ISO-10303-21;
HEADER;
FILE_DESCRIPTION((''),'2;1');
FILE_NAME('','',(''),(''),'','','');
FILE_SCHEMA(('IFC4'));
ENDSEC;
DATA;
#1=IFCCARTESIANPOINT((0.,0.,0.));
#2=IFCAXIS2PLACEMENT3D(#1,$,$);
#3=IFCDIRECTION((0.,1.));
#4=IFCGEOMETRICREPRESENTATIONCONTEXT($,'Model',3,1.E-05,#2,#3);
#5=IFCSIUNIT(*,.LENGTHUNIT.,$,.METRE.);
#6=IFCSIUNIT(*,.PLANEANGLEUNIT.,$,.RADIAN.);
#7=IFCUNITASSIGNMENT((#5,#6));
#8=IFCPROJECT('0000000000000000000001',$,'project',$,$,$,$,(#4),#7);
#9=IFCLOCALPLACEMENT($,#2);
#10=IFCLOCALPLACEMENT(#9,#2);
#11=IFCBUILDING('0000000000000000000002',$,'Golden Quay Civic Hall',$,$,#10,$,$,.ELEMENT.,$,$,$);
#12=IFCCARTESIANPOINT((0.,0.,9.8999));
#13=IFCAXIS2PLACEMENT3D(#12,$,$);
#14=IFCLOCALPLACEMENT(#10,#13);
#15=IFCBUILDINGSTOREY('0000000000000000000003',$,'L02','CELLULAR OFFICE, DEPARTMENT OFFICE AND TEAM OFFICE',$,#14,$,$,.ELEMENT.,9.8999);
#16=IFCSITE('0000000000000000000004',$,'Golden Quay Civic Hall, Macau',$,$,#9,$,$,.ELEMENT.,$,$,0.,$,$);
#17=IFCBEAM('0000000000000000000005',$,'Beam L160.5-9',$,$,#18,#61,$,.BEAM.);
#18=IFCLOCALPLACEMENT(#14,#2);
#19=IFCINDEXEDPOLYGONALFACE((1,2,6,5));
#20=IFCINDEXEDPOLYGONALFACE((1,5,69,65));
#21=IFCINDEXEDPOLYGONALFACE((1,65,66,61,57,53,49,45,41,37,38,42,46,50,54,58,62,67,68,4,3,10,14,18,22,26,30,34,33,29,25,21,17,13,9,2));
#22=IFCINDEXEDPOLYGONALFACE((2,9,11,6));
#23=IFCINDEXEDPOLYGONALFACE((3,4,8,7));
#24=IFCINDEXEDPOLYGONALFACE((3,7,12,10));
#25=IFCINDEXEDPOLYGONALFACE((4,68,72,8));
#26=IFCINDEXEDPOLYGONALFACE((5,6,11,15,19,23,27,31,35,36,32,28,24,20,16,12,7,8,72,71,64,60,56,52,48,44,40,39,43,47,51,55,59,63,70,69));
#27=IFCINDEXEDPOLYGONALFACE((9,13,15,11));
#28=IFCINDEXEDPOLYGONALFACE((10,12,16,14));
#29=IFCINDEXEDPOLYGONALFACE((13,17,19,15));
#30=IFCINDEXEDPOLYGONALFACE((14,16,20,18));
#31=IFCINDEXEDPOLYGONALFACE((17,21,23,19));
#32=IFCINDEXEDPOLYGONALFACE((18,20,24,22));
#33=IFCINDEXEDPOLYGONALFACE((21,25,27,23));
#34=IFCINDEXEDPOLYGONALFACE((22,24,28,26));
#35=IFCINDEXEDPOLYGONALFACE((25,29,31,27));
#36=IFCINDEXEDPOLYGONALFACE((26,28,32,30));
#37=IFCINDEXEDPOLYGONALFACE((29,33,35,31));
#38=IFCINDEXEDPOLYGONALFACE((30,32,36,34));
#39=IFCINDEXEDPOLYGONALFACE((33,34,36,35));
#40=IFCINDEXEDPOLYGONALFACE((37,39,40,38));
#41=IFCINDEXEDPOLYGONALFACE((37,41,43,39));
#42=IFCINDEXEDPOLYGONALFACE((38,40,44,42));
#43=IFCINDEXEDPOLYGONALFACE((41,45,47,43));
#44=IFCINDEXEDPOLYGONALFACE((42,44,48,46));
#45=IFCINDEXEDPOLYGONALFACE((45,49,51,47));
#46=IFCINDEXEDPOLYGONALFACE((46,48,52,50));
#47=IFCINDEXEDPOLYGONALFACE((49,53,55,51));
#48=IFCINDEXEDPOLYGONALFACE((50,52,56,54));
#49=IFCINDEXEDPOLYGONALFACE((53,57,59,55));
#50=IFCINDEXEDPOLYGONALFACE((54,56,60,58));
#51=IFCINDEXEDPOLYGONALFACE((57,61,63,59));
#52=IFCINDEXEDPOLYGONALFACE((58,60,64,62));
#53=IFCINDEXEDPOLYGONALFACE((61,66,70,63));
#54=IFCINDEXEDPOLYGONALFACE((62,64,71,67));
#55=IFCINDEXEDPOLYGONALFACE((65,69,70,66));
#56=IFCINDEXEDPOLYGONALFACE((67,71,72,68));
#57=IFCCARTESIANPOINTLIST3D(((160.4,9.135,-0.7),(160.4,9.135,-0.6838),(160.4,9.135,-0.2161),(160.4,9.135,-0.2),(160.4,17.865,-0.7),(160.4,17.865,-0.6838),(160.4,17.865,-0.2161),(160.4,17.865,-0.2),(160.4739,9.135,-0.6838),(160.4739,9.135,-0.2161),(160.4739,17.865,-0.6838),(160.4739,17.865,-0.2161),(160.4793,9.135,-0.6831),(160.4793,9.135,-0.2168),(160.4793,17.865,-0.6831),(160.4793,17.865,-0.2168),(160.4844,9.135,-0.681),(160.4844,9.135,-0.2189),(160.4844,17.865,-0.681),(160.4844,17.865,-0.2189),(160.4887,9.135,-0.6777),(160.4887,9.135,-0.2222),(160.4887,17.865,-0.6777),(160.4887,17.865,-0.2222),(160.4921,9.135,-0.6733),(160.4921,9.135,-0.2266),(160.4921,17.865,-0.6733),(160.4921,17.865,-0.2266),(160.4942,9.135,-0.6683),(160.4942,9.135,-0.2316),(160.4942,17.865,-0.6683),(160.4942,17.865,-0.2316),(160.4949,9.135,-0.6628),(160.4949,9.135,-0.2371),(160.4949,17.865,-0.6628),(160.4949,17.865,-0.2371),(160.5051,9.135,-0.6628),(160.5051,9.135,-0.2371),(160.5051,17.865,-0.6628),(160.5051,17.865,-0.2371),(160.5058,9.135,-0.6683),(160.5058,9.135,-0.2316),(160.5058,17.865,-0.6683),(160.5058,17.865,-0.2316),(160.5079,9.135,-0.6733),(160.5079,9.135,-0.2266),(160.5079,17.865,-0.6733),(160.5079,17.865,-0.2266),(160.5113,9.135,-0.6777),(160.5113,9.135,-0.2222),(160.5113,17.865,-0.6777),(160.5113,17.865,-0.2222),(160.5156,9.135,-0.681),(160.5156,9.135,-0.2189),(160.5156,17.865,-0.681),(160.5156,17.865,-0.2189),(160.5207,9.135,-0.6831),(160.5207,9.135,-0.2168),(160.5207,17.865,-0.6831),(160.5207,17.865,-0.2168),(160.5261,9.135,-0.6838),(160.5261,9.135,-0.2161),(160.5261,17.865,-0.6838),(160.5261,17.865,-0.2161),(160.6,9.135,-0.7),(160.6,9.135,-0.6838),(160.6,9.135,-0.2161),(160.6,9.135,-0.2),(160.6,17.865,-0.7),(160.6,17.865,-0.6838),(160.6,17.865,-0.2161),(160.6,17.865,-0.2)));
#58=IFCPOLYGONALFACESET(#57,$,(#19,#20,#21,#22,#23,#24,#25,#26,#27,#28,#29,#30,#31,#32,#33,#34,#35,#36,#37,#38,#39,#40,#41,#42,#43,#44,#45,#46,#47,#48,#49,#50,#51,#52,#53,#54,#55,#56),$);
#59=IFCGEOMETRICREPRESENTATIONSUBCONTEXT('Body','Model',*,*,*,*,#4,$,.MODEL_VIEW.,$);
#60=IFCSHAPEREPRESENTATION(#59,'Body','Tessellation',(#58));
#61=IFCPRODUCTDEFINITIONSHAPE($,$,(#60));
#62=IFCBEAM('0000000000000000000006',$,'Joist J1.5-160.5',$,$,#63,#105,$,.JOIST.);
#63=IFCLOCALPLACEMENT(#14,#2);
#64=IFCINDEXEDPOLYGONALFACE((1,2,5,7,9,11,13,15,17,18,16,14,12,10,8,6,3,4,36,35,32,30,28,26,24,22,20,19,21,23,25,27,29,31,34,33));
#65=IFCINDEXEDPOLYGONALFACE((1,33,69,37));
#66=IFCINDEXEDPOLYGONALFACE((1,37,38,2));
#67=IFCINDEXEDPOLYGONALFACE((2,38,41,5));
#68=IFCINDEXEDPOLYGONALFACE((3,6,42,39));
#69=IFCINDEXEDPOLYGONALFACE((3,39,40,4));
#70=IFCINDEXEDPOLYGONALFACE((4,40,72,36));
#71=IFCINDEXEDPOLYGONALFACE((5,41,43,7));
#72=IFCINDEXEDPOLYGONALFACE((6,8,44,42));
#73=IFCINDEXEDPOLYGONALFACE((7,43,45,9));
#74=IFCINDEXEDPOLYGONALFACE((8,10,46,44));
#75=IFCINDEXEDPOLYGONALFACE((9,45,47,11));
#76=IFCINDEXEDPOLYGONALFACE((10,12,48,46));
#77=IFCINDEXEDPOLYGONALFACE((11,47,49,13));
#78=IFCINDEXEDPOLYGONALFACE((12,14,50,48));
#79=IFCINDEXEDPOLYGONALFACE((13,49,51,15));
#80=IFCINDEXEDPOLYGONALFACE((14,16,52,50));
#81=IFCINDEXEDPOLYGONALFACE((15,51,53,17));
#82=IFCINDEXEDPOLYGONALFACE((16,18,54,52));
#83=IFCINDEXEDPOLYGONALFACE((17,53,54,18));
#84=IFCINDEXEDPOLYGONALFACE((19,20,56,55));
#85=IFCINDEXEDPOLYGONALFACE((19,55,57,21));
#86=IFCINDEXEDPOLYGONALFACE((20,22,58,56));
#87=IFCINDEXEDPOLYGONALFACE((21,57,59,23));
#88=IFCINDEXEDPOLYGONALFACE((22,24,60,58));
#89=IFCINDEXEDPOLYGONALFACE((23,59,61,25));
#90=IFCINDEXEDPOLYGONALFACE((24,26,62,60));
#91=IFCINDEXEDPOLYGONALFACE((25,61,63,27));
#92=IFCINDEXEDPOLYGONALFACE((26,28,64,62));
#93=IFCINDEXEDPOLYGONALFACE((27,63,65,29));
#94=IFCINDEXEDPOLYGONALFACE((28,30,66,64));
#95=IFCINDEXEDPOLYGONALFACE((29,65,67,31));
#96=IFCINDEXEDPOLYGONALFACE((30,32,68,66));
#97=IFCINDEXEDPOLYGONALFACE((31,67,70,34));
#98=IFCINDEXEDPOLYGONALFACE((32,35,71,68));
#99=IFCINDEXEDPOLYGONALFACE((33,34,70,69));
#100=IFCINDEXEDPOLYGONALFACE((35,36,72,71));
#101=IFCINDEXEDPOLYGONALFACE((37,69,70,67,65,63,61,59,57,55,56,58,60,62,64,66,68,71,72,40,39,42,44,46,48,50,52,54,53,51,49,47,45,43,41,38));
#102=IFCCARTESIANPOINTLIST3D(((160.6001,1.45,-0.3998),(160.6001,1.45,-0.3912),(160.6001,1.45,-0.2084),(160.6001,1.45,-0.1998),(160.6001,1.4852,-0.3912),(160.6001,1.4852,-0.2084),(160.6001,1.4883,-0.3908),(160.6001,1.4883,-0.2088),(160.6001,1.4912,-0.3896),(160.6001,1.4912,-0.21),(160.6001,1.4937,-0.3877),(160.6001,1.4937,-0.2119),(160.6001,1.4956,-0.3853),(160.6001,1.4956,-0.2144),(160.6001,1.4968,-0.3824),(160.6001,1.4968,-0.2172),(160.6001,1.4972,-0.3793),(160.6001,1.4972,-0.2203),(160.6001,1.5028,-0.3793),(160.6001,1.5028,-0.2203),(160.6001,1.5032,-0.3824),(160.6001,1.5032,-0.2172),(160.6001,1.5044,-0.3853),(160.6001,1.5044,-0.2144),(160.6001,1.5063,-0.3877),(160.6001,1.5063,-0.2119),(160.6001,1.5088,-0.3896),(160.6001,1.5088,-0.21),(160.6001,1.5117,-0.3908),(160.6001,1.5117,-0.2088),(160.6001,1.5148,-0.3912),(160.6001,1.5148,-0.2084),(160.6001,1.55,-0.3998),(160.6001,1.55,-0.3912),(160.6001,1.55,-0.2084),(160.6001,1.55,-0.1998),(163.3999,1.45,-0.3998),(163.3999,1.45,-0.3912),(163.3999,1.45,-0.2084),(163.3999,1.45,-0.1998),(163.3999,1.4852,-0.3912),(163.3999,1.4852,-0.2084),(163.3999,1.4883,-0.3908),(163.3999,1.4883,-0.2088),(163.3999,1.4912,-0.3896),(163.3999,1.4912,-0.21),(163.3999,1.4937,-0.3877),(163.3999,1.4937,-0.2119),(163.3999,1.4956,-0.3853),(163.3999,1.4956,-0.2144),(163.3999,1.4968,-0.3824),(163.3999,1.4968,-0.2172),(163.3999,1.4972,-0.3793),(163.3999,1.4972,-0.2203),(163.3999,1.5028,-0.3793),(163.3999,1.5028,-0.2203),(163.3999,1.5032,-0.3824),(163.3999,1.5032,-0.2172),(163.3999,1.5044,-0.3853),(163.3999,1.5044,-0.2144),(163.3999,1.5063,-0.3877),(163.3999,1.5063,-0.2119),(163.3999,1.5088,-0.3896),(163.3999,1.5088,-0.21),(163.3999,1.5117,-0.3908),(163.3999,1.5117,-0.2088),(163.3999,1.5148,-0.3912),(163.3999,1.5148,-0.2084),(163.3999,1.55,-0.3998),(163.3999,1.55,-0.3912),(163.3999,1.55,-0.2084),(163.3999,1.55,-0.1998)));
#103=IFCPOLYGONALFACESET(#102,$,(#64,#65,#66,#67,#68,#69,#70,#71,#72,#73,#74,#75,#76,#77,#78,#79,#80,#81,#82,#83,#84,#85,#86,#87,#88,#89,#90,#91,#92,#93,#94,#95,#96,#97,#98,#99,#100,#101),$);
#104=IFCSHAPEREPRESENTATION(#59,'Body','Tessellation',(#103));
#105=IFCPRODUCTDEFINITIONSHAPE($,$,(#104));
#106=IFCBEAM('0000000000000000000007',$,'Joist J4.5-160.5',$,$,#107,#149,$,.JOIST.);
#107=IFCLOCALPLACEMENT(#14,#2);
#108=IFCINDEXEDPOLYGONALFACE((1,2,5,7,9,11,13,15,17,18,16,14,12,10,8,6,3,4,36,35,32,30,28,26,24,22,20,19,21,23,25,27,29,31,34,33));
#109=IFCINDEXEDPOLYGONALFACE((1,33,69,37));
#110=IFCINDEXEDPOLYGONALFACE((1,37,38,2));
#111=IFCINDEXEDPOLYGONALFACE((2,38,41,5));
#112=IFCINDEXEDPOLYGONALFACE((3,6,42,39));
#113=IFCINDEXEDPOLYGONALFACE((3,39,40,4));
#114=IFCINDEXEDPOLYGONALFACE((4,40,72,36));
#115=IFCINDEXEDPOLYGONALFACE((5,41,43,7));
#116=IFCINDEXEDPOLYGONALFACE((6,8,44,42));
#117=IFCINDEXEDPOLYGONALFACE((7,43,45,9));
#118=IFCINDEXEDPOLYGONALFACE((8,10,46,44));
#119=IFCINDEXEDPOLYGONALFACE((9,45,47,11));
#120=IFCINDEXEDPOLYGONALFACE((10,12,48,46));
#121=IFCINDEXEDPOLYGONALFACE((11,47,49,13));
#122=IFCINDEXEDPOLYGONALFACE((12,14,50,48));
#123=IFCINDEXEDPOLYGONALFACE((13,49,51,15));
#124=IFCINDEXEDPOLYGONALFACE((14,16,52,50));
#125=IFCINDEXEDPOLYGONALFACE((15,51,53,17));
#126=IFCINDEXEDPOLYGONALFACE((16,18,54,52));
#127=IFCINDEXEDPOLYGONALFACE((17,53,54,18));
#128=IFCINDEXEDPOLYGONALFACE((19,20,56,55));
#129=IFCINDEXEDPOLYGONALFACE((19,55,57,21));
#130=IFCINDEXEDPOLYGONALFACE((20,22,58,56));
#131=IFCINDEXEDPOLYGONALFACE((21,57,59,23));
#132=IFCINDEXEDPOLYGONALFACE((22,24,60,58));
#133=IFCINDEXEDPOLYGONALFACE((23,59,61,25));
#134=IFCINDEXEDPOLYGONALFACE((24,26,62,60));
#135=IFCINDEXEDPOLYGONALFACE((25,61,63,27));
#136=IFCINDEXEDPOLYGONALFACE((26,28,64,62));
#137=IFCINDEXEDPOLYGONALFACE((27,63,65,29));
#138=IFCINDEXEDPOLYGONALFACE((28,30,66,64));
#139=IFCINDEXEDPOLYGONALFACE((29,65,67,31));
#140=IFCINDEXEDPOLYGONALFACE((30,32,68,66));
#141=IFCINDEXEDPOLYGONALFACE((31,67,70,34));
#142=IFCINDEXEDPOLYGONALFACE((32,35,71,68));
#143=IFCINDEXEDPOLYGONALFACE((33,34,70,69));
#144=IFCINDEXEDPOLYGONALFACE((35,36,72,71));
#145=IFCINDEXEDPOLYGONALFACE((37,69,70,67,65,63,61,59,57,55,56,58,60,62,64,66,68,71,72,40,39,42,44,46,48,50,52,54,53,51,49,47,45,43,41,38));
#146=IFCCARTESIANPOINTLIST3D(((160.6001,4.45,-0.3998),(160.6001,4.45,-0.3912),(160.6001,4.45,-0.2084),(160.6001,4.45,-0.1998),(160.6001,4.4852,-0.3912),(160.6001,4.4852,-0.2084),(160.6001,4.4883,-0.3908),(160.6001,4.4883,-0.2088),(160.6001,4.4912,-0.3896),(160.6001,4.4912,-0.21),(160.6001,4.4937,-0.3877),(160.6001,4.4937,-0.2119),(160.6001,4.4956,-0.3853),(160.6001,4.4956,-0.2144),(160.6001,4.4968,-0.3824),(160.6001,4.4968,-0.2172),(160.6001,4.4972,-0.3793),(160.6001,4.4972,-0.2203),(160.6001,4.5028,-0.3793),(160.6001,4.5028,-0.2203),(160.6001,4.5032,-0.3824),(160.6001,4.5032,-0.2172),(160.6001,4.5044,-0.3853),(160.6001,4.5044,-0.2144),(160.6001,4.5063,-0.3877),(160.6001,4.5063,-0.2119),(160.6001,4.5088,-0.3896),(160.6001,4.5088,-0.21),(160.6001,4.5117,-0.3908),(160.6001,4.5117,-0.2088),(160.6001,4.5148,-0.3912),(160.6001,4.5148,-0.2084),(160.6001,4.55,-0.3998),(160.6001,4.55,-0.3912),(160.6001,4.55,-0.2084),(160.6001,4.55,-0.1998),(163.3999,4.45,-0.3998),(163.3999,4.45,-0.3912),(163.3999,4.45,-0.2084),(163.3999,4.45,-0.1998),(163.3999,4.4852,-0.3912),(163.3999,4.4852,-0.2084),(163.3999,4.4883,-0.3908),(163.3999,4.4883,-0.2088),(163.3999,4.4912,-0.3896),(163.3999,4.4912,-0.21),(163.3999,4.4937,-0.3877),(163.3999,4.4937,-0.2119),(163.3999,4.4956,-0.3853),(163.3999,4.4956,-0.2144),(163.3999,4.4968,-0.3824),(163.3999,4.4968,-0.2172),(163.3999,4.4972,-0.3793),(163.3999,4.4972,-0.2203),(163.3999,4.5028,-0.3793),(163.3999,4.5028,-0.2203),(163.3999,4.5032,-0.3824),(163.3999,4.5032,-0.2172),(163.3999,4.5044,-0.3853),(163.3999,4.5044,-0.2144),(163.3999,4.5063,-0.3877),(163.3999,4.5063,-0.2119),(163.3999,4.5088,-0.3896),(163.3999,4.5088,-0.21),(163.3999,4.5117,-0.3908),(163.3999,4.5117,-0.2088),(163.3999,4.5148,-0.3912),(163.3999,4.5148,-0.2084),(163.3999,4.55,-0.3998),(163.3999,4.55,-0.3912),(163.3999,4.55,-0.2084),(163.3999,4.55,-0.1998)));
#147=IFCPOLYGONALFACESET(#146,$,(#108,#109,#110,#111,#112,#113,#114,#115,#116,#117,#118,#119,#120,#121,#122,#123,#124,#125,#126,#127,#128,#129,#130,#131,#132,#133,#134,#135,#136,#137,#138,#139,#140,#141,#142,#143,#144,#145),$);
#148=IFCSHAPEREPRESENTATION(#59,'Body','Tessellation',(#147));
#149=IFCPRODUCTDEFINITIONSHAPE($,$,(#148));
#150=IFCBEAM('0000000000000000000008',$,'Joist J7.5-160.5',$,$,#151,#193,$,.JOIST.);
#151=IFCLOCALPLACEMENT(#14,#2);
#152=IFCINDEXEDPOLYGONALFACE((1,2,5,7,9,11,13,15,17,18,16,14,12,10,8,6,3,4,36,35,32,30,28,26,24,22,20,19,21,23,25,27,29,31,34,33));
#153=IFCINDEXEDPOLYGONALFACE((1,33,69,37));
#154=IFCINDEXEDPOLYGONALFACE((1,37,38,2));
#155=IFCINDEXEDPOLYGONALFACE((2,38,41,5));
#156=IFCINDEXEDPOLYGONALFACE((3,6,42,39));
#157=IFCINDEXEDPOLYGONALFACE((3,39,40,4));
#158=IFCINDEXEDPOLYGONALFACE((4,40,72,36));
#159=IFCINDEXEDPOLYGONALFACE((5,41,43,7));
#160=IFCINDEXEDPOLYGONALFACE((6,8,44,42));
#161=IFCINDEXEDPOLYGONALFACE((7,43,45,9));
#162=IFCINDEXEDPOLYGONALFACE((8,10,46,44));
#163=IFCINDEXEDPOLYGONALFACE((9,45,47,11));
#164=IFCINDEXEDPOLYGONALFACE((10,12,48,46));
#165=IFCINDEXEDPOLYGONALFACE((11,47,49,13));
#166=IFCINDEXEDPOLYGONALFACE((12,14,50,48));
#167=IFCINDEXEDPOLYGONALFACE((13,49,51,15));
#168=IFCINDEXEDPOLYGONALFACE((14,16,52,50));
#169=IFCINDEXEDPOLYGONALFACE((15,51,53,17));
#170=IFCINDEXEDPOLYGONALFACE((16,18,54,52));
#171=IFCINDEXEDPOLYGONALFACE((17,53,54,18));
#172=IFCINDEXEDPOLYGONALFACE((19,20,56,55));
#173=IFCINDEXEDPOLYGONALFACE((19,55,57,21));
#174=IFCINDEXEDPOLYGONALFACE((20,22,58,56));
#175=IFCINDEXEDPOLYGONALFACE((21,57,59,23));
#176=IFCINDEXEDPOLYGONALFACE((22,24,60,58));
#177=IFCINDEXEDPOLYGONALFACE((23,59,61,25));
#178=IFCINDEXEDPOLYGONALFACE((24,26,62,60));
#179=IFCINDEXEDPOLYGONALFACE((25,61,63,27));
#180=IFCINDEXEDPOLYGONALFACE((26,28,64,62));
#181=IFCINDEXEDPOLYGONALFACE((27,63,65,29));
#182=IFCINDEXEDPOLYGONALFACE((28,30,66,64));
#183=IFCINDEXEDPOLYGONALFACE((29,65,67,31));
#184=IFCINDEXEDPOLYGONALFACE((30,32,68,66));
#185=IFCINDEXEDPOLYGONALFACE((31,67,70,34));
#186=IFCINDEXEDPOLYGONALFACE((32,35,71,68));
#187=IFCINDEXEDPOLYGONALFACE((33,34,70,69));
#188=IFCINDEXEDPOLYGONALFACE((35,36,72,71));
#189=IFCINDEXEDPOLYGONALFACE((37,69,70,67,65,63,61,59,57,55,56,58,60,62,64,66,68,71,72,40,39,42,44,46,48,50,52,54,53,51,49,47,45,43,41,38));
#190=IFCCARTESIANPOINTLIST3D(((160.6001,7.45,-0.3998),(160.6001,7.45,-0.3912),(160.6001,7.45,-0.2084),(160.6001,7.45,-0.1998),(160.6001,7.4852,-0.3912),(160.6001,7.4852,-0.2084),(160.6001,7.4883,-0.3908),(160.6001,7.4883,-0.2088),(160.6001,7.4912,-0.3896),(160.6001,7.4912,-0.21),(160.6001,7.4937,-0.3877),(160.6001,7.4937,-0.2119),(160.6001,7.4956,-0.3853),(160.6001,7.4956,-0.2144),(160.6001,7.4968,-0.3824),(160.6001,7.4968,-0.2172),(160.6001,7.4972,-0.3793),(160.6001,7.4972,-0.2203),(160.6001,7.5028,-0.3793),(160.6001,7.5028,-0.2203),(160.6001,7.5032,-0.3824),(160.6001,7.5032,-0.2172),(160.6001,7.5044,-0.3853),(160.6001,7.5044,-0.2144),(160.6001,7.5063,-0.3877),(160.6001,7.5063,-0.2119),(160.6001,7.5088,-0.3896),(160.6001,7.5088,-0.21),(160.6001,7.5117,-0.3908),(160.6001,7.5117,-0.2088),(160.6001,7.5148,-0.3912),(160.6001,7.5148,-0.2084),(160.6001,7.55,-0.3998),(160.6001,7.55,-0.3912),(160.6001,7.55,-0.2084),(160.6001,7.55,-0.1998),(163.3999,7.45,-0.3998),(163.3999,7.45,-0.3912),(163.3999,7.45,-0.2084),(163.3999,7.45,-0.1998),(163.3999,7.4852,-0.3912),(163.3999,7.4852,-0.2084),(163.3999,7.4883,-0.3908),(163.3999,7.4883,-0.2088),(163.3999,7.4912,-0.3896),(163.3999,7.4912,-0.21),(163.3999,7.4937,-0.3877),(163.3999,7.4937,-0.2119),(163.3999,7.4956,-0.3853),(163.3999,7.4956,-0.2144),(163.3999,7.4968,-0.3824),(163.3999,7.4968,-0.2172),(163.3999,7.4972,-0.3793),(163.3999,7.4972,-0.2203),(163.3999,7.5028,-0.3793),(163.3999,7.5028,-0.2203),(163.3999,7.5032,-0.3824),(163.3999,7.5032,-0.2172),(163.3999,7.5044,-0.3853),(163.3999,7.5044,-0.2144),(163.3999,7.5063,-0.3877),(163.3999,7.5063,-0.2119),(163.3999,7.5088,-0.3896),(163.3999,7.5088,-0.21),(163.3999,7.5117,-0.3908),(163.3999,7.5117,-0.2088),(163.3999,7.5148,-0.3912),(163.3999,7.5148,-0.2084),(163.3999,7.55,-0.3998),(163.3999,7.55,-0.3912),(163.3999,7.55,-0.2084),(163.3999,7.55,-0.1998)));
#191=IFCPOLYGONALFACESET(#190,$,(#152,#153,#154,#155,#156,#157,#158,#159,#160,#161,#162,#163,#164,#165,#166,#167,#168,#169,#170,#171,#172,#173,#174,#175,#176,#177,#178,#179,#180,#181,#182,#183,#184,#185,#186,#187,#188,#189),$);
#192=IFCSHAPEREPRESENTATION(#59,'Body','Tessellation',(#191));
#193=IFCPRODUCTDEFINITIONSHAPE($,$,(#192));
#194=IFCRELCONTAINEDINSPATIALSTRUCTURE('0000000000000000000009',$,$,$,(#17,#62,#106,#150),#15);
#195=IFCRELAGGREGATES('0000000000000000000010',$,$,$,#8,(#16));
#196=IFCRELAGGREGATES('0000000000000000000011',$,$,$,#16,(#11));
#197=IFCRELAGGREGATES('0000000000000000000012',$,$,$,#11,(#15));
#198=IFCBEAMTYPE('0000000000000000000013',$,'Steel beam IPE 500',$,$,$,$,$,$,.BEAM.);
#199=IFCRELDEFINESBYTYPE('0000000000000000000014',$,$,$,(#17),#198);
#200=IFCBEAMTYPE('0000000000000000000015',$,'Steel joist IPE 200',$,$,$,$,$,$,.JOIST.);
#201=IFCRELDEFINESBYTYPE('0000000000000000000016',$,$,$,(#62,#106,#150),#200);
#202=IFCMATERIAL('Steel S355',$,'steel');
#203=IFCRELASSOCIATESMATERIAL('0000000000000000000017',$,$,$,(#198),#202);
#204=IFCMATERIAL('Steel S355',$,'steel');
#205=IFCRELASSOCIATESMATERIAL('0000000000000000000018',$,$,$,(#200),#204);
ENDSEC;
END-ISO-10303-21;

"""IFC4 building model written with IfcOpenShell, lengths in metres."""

from ifc_helpers import new_model, si_unit, direction, frame, origin, origin_2d, place, context, subcontext, project, spatial, i_section, extrude, material, material_profile, profile_set, type_object, element, save


model = new_model("IFC4")

# Units and contexts
model_context = context("Model", 3, precision=1e-05, world=origin(), true_north=direction((0.0, 1.0)))
body_context = subcontext(model_context, "Body", "Model", "MODEL_VIEW")
ifc_project = project(units=[si_unit("LENGTHUNIT", "METRE"), si_unit("PLANEANGLEUNIT", "RADIAN")], contexts=[model_context])

# Site, building, storey
site_placement = place(None, origin())
site = spatial("IfcSite", under=ifc_project, at=site_placement, Name="Golden Quay Civic Hall, Macau", CompositionType="ELEMENT", RefElevation=0.0)
building_placement = place(site_placement, origin())
building = spatial("IfcBuilding", under=site, at=building_placement, Name="Golden Quay Civic Hall", CompositionType="ELEMENT")
storey_placement = place(building_placement, frame((0.0, 0.0, 9.8999)))
storey = spatial("IfcBuildingStorey", under=building, at=storey_placement, Name="L02", Description="CELLULAR OFFICE, DEPARTMENT OFFICE AND TEAM OFFICE", CompositionType="ELEMENT", Elevation=9.8999)

# Beams
ifc_material_1 = material(Name="Steel S355", Category="steel")
ifc_material_profile_1 = material_profile(ifc_material_1, i_section(OverallWidth=0.2, OverallDepth=0.5, WebThickness=0.0103, FlangeThickness=0.0161, FilletRadius=0.021, at=origin_2d()), Name="IPE 500")
ifc_profile_set_1 = profile_set([ifc_material_profile_1], Name="Steel S355")
beam_type_1 = type_object("IfcBeamType", Name="Steel beam IPE 500", PredefinedType="BEAM", material=ifc_profile_set_1)
for number, where, z_axis, x_axis, name in (
    (1, (160.5, 9.135, -0.45), (0.0, 1.0, 0.0), (-1.0, 0.0, 0.0), "Beam L160.5-9"),
):
    element("IfcBeam", number, at=place(storey_placement, frame(where, z_axis=z_axis, x_axis=x_axis)), inside=storey, type_object=beam_type_1, Name=name, PredefinedType="BEAM", context=body_context, shape_type="SweptSolid", body=[
        extrude(i_section(OverallWidth=0.2, OverallDepth=0.5, WebThickness=0.0103, FlangeThickness=0.0161, FilletRadius=0.021, at=origin_2d()), origin(), (0.0, 0.0, 1.0), 8.73),
    ])
ifc_material_2 = material(Name="Steel S355", Category="steel")
ifc_material_profile_2 = material_profile(ifc_material_2, i_section(OverallWidth=0.1001, OverallDepth=0.2, WebThickness=0.0056, FlangeThickness=0.0085, FilletRadius=0.012, at=origin_2d()), Name="IPE 200")
ifc_profile_set_2 = profile_set([ifc_material_profile_2], Name="Steel S355")
beam_type_2 = type_object("IfcBeamType", Name="Steel joist IPE 200", PredefinedType="JOIST", material=ifc_profile_set_2)
for number, where, z_axis, x_axis, name in (
    (2, (160.6001, 1.5, -0.2998), (1.0, 0.0, 0.0), (0.0, 1.0, 0.0), "Joist J1.5-160.5"),
    (3, (160.6001, 4.5, -0.2998), (1.0, 0.0, 0.0), (0.0, 1.0, 0.0), "Joist J4.5-160.5"),
    (4, (160.6001, 7.5, -0.2998), (1.0, 0.0, 0.0), (0.0, 1.0, 0.0), "Joist J7.5-160.5"),
):
    element("IfcBeam", number, at=place(storey_placement, frame(where, z_axis=z_axis, x_axis=x_axis)), inside=storey, type_object=beam_type_2, Name=name, PredefinedType="JOIST", context=body_context, shape_type="SweptSolid", body=[
        extrude(i_section(OverallWidth=0.1001, OverallDepth=0.2, WebThickness=0.0056, FlangeThickness=0.0085, FilletRadius=0.012, at=origin_2d()), origin(), (0.0, 0.0, 1.0), 2.7998),
    ])

save(model, "model.ifc")
